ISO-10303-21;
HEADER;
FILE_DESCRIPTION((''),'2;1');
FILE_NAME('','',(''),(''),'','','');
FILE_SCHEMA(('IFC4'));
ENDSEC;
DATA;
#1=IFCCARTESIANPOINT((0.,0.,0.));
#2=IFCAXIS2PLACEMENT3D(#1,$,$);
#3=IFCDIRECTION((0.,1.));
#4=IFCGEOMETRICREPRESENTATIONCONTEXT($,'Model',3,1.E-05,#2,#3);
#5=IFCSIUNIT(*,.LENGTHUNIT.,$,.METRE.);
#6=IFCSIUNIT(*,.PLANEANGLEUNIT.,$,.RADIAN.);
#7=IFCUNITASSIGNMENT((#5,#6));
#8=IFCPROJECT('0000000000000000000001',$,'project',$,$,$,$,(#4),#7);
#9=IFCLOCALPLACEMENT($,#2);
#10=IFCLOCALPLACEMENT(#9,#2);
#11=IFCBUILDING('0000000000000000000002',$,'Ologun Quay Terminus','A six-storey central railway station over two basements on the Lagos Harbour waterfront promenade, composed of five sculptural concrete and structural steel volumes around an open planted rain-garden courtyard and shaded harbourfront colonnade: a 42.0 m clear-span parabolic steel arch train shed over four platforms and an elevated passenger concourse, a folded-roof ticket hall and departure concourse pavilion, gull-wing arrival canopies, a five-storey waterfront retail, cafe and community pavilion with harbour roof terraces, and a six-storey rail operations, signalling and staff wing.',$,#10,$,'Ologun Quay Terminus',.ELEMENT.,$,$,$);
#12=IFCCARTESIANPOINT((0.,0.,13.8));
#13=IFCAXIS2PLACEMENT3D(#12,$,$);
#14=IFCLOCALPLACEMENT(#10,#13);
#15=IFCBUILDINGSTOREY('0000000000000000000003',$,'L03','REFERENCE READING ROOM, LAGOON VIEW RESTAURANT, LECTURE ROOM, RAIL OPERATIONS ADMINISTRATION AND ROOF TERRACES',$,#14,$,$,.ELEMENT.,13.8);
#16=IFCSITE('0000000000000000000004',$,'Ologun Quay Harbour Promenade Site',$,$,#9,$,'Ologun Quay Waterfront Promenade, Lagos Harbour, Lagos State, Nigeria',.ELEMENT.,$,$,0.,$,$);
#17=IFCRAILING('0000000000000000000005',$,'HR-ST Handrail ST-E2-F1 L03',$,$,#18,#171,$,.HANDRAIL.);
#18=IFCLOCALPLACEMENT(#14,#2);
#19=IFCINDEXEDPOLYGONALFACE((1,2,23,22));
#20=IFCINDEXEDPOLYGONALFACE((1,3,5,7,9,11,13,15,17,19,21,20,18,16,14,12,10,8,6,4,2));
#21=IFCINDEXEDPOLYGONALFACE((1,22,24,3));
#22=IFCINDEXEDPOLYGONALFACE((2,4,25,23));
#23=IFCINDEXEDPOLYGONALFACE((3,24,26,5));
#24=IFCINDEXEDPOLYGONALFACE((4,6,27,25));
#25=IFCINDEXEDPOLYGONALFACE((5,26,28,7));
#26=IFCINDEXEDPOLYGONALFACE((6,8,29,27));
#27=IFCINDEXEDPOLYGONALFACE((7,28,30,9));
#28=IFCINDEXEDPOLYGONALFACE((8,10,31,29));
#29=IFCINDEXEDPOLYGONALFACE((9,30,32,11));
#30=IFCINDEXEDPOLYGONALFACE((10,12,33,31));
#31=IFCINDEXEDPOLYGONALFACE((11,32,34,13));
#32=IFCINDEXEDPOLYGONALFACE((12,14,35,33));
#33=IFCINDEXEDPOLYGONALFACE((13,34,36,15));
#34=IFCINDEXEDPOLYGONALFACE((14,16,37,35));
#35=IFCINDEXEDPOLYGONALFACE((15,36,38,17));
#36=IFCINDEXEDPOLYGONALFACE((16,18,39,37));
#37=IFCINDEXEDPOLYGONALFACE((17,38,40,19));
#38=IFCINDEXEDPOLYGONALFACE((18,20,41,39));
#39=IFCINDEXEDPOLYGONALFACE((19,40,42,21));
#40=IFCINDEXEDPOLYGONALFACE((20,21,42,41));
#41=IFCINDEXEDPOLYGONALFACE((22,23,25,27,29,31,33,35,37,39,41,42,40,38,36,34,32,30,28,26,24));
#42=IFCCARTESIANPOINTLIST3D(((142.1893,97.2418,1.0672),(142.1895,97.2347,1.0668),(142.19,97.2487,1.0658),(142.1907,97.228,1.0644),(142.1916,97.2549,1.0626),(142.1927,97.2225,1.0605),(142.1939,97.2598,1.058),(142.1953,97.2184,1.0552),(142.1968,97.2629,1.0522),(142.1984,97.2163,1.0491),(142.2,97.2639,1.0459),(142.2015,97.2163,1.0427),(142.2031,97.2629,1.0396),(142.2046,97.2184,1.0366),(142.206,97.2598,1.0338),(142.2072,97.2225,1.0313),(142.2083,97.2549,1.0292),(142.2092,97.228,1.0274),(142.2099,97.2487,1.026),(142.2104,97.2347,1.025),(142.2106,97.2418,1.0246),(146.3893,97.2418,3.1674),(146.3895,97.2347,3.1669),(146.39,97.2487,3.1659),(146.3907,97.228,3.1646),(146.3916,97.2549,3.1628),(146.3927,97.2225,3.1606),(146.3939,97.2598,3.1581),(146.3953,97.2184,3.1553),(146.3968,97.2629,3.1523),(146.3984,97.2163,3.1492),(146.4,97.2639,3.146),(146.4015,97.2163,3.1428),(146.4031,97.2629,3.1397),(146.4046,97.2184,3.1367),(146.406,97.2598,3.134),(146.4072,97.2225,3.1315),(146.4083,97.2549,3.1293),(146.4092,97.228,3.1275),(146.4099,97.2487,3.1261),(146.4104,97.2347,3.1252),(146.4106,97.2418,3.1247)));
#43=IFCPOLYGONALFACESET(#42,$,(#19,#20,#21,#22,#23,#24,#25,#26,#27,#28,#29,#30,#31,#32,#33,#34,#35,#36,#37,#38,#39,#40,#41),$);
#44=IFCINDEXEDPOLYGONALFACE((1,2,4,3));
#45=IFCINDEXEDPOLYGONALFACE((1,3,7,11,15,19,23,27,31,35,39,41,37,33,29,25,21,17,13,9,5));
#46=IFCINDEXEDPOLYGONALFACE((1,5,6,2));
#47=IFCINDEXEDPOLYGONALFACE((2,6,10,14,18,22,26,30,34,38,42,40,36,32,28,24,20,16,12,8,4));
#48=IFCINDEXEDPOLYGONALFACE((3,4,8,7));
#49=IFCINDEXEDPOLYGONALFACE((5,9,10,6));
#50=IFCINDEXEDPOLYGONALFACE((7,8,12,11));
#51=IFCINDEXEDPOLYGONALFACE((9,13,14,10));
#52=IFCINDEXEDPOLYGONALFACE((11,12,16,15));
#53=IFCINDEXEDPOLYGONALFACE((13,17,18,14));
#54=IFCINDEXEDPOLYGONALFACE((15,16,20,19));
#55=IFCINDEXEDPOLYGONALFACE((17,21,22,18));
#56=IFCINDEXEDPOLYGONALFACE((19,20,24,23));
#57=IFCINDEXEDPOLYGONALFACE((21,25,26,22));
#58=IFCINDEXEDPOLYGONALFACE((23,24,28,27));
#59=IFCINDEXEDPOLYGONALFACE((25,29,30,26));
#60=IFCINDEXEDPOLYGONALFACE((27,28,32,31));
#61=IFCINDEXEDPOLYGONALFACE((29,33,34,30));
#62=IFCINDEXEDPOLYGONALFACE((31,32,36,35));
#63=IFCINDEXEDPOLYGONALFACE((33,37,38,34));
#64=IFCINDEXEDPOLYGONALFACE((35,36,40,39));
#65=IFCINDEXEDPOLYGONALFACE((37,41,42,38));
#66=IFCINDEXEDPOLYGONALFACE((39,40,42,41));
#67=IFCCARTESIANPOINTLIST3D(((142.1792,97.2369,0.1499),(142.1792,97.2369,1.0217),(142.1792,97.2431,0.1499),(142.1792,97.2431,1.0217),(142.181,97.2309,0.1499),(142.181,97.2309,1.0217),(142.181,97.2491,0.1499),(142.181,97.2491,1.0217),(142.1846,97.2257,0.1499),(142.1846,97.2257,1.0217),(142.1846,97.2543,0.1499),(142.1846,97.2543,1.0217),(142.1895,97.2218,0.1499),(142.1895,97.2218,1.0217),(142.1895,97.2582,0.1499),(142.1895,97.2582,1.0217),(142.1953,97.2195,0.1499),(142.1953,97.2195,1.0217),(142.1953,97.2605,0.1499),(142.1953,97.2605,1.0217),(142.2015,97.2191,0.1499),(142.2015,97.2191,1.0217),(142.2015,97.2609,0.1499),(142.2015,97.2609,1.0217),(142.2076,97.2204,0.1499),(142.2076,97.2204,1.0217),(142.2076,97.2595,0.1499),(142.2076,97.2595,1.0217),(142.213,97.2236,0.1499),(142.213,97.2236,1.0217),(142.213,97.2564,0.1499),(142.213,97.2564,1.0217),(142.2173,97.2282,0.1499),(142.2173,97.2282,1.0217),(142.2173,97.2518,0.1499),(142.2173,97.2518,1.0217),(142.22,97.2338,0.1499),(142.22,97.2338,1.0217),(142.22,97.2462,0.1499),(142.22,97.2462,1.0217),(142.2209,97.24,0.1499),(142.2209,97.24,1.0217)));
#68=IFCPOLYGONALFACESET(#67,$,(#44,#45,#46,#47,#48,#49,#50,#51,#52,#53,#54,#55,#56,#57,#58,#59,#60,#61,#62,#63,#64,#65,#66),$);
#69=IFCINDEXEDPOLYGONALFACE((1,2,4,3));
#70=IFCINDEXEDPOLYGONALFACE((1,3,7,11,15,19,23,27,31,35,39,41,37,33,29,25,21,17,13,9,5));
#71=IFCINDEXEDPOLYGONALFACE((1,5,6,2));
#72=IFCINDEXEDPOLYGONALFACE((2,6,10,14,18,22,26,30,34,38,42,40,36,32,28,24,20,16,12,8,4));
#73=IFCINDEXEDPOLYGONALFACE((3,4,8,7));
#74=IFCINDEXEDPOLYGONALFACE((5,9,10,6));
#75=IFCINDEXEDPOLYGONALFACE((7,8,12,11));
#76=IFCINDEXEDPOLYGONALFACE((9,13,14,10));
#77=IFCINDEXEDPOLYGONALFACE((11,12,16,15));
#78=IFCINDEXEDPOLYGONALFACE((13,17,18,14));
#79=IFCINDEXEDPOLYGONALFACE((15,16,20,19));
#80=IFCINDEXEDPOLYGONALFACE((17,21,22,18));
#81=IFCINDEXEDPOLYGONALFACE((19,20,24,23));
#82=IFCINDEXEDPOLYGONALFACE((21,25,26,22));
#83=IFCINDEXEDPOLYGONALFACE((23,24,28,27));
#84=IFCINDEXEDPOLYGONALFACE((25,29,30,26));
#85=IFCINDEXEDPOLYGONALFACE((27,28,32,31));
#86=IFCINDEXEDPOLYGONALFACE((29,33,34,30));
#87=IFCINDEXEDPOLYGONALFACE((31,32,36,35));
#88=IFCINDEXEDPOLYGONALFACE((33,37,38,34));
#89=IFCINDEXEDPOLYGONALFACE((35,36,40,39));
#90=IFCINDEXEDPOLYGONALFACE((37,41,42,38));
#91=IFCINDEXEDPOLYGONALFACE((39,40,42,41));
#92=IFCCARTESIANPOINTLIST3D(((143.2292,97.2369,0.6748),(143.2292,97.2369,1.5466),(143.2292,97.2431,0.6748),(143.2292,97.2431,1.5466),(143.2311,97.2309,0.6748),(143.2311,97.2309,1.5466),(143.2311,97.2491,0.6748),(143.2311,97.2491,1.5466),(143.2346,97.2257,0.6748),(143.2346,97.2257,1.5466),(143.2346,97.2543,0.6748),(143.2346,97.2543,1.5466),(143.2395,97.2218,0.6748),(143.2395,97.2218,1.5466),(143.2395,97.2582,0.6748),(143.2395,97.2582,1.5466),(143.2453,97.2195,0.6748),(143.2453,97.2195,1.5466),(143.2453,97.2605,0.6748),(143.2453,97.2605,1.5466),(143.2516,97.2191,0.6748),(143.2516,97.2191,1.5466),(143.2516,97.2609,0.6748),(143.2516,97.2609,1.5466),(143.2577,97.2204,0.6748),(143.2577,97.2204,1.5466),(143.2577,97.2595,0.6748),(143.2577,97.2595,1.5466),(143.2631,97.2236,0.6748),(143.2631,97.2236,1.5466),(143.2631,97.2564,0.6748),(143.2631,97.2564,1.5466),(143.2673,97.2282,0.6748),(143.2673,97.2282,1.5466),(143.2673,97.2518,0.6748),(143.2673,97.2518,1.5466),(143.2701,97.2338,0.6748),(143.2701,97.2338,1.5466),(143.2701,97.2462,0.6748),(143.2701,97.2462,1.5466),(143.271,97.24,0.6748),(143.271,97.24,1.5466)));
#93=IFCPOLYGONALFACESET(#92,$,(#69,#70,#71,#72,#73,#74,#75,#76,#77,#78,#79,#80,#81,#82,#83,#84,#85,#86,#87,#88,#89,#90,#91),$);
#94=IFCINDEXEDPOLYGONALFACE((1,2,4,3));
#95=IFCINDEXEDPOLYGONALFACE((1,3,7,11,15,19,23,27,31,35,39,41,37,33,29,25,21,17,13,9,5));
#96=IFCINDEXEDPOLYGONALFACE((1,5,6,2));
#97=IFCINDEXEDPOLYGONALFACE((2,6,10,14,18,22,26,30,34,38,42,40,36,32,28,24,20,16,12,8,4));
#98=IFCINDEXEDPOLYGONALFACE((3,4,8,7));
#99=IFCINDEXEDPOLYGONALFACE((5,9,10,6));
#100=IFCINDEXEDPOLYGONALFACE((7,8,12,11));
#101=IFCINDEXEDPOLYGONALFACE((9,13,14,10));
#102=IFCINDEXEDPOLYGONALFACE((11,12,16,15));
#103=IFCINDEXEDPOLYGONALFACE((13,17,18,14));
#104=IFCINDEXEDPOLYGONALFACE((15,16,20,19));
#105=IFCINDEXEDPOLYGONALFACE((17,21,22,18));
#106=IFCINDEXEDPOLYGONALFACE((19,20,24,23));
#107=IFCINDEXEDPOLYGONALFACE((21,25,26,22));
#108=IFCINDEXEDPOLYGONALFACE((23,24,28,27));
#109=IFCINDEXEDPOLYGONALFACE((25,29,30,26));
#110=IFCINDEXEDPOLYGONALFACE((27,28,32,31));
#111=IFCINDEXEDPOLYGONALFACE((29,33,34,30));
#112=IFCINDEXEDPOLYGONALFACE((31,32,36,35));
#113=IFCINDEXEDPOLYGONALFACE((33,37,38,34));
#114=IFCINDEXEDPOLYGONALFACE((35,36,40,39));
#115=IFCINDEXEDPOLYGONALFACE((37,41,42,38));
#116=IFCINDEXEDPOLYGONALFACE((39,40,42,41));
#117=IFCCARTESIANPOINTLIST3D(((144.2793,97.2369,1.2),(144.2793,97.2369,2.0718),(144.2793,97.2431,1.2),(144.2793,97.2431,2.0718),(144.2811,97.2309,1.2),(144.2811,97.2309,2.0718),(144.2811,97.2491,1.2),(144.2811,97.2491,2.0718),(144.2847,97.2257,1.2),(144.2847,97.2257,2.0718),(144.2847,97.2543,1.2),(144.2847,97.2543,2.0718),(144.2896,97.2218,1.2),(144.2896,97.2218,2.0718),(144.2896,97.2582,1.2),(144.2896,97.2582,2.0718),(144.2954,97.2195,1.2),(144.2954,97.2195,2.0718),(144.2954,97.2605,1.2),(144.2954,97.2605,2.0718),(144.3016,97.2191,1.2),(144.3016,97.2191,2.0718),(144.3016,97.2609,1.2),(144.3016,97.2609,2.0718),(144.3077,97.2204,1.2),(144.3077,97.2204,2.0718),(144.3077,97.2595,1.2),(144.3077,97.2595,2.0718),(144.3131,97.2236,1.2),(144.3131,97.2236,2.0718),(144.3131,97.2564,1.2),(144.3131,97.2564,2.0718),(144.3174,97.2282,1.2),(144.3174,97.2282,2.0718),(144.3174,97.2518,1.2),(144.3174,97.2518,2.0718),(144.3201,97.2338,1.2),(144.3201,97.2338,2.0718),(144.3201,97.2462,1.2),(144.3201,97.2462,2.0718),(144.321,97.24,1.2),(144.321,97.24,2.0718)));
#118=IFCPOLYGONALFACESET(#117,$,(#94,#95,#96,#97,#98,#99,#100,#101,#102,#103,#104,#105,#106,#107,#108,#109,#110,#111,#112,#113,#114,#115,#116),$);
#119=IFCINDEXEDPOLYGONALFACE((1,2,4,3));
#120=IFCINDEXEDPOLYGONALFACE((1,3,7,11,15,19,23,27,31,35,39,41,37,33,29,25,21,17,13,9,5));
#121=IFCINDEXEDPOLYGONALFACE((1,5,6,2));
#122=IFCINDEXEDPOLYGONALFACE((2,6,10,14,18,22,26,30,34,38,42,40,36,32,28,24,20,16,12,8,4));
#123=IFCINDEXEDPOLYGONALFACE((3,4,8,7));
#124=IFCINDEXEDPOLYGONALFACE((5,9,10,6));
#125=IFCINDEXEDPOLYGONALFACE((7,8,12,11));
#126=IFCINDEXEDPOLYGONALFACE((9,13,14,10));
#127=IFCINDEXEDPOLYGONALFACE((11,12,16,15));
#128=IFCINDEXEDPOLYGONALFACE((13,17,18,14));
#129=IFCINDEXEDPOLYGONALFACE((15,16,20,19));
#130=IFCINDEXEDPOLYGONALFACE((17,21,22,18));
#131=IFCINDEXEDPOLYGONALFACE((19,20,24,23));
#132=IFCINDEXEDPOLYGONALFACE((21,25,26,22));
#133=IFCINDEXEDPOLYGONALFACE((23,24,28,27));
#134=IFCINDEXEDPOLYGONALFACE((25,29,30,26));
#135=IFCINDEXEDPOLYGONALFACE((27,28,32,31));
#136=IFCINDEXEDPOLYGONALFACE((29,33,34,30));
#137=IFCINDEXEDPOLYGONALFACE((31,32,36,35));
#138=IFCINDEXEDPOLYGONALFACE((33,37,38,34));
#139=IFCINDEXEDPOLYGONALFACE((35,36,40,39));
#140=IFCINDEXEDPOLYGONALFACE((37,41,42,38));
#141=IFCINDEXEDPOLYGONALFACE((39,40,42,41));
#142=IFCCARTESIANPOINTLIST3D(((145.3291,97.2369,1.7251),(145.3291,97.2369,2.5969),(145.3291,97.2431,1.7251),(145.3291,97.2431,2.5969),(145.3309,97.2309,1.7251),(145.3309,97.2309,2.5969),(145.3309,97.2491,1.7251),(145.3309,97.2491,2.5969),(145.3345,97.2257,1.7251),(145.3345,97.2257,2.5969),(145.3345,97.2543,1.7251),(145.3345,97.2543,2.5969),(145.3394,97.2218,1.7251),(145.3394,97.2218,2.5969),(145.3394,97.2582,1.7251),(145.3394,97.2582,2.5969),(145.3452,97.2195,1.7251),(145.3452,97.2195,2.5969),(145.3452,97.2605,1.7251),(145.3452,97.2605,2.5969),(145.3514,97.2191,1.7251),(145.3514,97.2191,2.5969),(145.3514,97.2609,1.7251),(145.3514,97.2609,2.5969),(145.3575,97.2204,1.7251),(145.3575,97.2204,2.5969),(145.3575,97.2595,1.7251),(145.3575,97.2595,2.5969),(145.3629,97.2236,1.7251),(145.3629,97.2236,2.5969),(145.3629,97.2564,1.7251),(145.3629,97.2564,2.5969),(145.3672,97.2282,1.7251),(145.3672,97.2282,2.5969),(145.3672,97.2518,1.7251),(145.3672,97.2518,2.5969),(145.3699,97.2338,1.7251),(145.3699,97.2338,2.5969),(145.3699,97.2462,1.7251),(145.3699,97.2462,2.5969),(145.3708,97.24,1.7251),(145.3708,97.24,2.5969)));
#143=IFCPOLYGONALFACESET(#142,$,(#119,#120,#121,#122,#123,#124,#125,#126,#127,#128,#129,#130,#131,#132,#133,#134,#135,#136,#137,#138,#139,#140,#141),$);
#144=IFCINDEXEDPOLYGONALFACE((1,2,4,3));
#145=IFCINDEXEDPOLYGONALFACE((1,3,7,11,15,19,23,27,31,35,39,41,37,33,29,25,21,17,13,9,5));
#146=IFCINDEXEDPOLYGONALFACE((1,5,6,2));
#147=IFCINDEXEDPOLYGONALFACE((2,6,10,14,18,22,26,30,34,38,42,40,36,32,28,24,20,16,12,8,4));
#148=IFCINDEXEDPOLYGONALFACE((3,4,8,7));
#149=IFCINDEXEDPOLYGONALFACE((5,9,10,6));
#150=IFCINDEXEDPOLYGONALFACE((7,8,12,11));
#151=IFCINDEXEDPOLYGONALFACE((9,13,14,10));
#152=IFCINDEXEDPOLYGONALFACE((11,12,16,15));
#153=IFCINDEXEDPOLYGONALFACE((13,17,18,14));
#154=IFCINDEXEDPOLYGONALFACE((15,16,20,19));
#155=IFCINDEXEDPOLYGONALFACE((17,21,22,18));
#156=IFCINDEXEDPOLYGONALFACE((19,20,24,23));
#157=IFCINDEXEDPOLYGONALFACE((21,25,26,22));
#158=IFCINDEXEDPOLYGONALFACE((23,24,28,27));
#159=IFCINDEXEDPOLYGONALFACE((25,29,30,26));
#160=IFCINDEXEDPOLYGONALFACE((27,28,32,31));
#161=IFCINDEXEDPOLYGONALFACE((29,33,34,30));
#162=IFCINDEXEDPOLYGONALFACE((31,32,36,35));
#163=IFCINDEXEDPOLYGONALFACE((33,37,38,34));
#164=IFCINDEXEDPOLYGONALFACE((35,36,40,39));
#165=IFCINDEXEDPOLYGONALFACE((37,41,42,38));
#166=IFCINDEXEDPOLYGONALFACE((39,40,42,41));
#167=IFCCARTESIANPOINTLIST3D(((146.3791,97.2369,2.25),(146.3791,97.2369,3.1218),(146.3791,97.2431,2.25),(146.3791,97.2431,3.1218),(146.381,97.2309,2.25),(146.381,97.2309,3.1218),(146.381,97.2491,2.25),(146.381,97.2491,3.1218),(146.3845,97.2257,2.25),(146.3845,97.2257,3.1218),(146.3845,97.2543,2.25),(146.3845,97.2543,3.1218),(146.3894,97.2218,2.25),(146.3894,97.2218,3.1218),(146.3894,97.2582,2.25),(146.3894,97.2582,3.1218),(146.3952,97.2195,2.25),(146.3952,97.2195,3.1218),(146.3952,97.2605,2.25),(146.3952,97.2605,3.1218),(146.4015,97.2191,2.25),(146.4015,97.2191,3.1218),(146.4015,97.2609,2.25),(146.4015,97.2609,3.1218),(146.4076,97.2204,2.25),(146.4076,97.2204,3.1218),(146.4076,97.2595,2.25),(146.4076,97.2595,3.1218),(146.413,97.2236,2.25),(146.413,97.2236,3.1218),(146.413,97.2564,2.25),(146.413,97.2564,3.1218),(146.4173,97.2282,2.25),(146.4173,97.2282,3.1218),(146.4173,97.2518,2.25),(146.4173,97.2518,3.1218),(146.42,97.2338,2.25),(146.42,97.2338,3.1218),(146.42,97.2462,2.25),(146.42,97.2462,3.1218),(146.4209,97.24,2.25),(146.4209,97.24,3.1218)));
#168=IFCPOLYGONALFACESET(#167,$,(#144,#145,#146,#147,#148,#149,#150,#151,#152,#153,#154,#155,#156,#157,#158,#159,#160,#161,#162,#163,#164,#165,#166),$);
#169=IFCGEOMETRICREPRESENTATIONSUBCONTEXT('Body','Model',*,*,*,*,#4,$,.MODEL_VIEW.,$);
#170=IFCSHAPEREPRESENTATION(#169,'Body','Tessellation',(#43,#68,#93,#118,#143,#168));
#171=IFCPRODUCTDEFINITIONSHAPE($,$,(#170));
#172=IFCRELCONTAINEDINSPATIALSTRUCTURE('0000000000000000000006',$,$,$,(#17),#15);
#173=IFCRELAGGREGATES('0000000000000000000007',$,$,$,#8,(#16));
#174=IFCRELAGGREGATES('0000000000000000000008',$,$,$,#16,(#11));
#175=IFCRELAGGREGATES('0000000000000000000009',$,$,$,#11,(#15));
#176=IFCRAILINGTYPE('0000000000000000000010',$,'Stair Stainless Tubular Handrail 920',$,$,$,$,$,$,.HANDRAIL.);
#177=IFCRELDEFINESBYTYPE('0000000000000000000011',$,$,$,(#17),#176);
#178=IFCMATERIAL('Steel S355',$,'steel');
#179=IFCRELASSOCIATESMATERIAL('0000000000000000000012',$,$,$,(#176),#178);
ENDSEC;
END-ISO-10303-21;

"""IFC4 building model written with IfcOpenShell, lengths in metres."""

from ifc_helpers import new_model, si_unit, direction, frame, origin, origin_2d, place, context, subcontext, project, spatial, circle, extrude, material, type_object, element, save


model = new_model("IFC4")

# Units and contexts
model_context = context("Model", 3, precision=1e-05, world=origin(), true_north=direction((0.0, 1.0)))
body_context = subcontext(model_context, "Body", "Model", "MODEL_VIEW")
ifc_project = project(units=[si_unit("LENGTHUNIT", "METRE"), si_unit("PLANEANGLEUNIT", "RADIAN")], contexts=[model_context])

# Site, building, storey
site_placement = place(None, origin())
site = spatial("IfcSite", under=ifc_project, at=site_placement, Name="Ologun Quay Harbour Promenade Site", LongName="Ologun Quay Waterfront Promenade, Lagos Harbour, Lagos State, Nigeria", CompositionType="ELEMENT", RefElevation=0.0)
building_placement = place(site_placement, origin())
building = spatial("IfcBuilding", under=site, at=building_placement, Name="Ologun Quay Terminus", Description="A six-storey central railway station over two basements on the Lagos Harbour waterfront promenade, composed of five sculptural concrete and structural steel volumes around an open planted rain-garden courtyard and shaded harbourfront colonnade: a 42.0 m clear-span parabolic steel arch train shed over four platforms and an elevated passenger concourse, a folded-roof ticket hall and departure concourse pavilion, gull-wing arrival canopies, a five-storey waterfront retail, cafe and community pavilion with harbour roof terraces, and a six-storey rail operations, signalling and staff wing.", LongName="Ologun Quay Terminus", CompositionType="ELEMENT")
storey_placement = place(building_placement, frame((0.0, 0.0, 13.8)))
storey = spatial("IfcBuildingStorey", under=building, at=storey_placement, Name="L03", Description="REFERENCE READING ROOM, LAGOON VIEW RESTAURANT, LECTURE ROOM, RAIL OPERATIONS ADMINISTRATION AND ROOF TERRACES", CompositionType="ELEMENT", Elevation=13.8)

# Railing
ifc_material_1 = material(Name="Steel S355", Category="steel")
railing_type_1 = type_object("IfcRailingType", Name="Stair Stainless Tubular Handrail 920", PredefinedType="HANDRAIL", material=ifc_material_1)
railing_1_placement = place(storey_placement, frame((142.2, 97.24, 0.1499)))
element("IfcRailing", 1, at=railing_1_placement, inside=storey, type_object=railing_type_1, Name="HR-ST Handrail ST-E2-F1 L03", PredefinedType="HANDRAIL", context=body_context, shape_type="SweptSolid", body=[
    extrude(circle(Radius=0.0239, at=origin_2d()), frame((0.0, 0.0, 0.896), z_axis=(0.894417, 0.0, 0.447234), x_axis=(0.0, 1.0, 0.0)), (0.0, 0.0, 1.0), 4.6958),
    extrude(circle(Radius=0.021, at=origin_2d()), origin(), (0.0, 0.0, 1.0), 0.8718),
    extrude(circle(Radius=0.021, at=origin_2d()), frame((1.05, 0.0, 0.5249)), (0.0, 0.0, 1.0), 0.8718),
    extrude(circle(Radius=0.021, at=origin_2d()), frame((2.1001, 0.0, 1.05)), (0.0, 0.0, 1.0), 0.8718),
    extrude(circle(Radius=0.021, at=origin_2d()), frame((3.1499, 0.0, 1.5752)), (0.0, 0.0, 1.0), 0.8718),
    extrude(circle(Radius=0.021, at=origin_2d()), frame((4.2, 0.0, 2.1001)), (0.0, 0.0, 1.0), 0.8718),
])

save(model, "model.ifc")
